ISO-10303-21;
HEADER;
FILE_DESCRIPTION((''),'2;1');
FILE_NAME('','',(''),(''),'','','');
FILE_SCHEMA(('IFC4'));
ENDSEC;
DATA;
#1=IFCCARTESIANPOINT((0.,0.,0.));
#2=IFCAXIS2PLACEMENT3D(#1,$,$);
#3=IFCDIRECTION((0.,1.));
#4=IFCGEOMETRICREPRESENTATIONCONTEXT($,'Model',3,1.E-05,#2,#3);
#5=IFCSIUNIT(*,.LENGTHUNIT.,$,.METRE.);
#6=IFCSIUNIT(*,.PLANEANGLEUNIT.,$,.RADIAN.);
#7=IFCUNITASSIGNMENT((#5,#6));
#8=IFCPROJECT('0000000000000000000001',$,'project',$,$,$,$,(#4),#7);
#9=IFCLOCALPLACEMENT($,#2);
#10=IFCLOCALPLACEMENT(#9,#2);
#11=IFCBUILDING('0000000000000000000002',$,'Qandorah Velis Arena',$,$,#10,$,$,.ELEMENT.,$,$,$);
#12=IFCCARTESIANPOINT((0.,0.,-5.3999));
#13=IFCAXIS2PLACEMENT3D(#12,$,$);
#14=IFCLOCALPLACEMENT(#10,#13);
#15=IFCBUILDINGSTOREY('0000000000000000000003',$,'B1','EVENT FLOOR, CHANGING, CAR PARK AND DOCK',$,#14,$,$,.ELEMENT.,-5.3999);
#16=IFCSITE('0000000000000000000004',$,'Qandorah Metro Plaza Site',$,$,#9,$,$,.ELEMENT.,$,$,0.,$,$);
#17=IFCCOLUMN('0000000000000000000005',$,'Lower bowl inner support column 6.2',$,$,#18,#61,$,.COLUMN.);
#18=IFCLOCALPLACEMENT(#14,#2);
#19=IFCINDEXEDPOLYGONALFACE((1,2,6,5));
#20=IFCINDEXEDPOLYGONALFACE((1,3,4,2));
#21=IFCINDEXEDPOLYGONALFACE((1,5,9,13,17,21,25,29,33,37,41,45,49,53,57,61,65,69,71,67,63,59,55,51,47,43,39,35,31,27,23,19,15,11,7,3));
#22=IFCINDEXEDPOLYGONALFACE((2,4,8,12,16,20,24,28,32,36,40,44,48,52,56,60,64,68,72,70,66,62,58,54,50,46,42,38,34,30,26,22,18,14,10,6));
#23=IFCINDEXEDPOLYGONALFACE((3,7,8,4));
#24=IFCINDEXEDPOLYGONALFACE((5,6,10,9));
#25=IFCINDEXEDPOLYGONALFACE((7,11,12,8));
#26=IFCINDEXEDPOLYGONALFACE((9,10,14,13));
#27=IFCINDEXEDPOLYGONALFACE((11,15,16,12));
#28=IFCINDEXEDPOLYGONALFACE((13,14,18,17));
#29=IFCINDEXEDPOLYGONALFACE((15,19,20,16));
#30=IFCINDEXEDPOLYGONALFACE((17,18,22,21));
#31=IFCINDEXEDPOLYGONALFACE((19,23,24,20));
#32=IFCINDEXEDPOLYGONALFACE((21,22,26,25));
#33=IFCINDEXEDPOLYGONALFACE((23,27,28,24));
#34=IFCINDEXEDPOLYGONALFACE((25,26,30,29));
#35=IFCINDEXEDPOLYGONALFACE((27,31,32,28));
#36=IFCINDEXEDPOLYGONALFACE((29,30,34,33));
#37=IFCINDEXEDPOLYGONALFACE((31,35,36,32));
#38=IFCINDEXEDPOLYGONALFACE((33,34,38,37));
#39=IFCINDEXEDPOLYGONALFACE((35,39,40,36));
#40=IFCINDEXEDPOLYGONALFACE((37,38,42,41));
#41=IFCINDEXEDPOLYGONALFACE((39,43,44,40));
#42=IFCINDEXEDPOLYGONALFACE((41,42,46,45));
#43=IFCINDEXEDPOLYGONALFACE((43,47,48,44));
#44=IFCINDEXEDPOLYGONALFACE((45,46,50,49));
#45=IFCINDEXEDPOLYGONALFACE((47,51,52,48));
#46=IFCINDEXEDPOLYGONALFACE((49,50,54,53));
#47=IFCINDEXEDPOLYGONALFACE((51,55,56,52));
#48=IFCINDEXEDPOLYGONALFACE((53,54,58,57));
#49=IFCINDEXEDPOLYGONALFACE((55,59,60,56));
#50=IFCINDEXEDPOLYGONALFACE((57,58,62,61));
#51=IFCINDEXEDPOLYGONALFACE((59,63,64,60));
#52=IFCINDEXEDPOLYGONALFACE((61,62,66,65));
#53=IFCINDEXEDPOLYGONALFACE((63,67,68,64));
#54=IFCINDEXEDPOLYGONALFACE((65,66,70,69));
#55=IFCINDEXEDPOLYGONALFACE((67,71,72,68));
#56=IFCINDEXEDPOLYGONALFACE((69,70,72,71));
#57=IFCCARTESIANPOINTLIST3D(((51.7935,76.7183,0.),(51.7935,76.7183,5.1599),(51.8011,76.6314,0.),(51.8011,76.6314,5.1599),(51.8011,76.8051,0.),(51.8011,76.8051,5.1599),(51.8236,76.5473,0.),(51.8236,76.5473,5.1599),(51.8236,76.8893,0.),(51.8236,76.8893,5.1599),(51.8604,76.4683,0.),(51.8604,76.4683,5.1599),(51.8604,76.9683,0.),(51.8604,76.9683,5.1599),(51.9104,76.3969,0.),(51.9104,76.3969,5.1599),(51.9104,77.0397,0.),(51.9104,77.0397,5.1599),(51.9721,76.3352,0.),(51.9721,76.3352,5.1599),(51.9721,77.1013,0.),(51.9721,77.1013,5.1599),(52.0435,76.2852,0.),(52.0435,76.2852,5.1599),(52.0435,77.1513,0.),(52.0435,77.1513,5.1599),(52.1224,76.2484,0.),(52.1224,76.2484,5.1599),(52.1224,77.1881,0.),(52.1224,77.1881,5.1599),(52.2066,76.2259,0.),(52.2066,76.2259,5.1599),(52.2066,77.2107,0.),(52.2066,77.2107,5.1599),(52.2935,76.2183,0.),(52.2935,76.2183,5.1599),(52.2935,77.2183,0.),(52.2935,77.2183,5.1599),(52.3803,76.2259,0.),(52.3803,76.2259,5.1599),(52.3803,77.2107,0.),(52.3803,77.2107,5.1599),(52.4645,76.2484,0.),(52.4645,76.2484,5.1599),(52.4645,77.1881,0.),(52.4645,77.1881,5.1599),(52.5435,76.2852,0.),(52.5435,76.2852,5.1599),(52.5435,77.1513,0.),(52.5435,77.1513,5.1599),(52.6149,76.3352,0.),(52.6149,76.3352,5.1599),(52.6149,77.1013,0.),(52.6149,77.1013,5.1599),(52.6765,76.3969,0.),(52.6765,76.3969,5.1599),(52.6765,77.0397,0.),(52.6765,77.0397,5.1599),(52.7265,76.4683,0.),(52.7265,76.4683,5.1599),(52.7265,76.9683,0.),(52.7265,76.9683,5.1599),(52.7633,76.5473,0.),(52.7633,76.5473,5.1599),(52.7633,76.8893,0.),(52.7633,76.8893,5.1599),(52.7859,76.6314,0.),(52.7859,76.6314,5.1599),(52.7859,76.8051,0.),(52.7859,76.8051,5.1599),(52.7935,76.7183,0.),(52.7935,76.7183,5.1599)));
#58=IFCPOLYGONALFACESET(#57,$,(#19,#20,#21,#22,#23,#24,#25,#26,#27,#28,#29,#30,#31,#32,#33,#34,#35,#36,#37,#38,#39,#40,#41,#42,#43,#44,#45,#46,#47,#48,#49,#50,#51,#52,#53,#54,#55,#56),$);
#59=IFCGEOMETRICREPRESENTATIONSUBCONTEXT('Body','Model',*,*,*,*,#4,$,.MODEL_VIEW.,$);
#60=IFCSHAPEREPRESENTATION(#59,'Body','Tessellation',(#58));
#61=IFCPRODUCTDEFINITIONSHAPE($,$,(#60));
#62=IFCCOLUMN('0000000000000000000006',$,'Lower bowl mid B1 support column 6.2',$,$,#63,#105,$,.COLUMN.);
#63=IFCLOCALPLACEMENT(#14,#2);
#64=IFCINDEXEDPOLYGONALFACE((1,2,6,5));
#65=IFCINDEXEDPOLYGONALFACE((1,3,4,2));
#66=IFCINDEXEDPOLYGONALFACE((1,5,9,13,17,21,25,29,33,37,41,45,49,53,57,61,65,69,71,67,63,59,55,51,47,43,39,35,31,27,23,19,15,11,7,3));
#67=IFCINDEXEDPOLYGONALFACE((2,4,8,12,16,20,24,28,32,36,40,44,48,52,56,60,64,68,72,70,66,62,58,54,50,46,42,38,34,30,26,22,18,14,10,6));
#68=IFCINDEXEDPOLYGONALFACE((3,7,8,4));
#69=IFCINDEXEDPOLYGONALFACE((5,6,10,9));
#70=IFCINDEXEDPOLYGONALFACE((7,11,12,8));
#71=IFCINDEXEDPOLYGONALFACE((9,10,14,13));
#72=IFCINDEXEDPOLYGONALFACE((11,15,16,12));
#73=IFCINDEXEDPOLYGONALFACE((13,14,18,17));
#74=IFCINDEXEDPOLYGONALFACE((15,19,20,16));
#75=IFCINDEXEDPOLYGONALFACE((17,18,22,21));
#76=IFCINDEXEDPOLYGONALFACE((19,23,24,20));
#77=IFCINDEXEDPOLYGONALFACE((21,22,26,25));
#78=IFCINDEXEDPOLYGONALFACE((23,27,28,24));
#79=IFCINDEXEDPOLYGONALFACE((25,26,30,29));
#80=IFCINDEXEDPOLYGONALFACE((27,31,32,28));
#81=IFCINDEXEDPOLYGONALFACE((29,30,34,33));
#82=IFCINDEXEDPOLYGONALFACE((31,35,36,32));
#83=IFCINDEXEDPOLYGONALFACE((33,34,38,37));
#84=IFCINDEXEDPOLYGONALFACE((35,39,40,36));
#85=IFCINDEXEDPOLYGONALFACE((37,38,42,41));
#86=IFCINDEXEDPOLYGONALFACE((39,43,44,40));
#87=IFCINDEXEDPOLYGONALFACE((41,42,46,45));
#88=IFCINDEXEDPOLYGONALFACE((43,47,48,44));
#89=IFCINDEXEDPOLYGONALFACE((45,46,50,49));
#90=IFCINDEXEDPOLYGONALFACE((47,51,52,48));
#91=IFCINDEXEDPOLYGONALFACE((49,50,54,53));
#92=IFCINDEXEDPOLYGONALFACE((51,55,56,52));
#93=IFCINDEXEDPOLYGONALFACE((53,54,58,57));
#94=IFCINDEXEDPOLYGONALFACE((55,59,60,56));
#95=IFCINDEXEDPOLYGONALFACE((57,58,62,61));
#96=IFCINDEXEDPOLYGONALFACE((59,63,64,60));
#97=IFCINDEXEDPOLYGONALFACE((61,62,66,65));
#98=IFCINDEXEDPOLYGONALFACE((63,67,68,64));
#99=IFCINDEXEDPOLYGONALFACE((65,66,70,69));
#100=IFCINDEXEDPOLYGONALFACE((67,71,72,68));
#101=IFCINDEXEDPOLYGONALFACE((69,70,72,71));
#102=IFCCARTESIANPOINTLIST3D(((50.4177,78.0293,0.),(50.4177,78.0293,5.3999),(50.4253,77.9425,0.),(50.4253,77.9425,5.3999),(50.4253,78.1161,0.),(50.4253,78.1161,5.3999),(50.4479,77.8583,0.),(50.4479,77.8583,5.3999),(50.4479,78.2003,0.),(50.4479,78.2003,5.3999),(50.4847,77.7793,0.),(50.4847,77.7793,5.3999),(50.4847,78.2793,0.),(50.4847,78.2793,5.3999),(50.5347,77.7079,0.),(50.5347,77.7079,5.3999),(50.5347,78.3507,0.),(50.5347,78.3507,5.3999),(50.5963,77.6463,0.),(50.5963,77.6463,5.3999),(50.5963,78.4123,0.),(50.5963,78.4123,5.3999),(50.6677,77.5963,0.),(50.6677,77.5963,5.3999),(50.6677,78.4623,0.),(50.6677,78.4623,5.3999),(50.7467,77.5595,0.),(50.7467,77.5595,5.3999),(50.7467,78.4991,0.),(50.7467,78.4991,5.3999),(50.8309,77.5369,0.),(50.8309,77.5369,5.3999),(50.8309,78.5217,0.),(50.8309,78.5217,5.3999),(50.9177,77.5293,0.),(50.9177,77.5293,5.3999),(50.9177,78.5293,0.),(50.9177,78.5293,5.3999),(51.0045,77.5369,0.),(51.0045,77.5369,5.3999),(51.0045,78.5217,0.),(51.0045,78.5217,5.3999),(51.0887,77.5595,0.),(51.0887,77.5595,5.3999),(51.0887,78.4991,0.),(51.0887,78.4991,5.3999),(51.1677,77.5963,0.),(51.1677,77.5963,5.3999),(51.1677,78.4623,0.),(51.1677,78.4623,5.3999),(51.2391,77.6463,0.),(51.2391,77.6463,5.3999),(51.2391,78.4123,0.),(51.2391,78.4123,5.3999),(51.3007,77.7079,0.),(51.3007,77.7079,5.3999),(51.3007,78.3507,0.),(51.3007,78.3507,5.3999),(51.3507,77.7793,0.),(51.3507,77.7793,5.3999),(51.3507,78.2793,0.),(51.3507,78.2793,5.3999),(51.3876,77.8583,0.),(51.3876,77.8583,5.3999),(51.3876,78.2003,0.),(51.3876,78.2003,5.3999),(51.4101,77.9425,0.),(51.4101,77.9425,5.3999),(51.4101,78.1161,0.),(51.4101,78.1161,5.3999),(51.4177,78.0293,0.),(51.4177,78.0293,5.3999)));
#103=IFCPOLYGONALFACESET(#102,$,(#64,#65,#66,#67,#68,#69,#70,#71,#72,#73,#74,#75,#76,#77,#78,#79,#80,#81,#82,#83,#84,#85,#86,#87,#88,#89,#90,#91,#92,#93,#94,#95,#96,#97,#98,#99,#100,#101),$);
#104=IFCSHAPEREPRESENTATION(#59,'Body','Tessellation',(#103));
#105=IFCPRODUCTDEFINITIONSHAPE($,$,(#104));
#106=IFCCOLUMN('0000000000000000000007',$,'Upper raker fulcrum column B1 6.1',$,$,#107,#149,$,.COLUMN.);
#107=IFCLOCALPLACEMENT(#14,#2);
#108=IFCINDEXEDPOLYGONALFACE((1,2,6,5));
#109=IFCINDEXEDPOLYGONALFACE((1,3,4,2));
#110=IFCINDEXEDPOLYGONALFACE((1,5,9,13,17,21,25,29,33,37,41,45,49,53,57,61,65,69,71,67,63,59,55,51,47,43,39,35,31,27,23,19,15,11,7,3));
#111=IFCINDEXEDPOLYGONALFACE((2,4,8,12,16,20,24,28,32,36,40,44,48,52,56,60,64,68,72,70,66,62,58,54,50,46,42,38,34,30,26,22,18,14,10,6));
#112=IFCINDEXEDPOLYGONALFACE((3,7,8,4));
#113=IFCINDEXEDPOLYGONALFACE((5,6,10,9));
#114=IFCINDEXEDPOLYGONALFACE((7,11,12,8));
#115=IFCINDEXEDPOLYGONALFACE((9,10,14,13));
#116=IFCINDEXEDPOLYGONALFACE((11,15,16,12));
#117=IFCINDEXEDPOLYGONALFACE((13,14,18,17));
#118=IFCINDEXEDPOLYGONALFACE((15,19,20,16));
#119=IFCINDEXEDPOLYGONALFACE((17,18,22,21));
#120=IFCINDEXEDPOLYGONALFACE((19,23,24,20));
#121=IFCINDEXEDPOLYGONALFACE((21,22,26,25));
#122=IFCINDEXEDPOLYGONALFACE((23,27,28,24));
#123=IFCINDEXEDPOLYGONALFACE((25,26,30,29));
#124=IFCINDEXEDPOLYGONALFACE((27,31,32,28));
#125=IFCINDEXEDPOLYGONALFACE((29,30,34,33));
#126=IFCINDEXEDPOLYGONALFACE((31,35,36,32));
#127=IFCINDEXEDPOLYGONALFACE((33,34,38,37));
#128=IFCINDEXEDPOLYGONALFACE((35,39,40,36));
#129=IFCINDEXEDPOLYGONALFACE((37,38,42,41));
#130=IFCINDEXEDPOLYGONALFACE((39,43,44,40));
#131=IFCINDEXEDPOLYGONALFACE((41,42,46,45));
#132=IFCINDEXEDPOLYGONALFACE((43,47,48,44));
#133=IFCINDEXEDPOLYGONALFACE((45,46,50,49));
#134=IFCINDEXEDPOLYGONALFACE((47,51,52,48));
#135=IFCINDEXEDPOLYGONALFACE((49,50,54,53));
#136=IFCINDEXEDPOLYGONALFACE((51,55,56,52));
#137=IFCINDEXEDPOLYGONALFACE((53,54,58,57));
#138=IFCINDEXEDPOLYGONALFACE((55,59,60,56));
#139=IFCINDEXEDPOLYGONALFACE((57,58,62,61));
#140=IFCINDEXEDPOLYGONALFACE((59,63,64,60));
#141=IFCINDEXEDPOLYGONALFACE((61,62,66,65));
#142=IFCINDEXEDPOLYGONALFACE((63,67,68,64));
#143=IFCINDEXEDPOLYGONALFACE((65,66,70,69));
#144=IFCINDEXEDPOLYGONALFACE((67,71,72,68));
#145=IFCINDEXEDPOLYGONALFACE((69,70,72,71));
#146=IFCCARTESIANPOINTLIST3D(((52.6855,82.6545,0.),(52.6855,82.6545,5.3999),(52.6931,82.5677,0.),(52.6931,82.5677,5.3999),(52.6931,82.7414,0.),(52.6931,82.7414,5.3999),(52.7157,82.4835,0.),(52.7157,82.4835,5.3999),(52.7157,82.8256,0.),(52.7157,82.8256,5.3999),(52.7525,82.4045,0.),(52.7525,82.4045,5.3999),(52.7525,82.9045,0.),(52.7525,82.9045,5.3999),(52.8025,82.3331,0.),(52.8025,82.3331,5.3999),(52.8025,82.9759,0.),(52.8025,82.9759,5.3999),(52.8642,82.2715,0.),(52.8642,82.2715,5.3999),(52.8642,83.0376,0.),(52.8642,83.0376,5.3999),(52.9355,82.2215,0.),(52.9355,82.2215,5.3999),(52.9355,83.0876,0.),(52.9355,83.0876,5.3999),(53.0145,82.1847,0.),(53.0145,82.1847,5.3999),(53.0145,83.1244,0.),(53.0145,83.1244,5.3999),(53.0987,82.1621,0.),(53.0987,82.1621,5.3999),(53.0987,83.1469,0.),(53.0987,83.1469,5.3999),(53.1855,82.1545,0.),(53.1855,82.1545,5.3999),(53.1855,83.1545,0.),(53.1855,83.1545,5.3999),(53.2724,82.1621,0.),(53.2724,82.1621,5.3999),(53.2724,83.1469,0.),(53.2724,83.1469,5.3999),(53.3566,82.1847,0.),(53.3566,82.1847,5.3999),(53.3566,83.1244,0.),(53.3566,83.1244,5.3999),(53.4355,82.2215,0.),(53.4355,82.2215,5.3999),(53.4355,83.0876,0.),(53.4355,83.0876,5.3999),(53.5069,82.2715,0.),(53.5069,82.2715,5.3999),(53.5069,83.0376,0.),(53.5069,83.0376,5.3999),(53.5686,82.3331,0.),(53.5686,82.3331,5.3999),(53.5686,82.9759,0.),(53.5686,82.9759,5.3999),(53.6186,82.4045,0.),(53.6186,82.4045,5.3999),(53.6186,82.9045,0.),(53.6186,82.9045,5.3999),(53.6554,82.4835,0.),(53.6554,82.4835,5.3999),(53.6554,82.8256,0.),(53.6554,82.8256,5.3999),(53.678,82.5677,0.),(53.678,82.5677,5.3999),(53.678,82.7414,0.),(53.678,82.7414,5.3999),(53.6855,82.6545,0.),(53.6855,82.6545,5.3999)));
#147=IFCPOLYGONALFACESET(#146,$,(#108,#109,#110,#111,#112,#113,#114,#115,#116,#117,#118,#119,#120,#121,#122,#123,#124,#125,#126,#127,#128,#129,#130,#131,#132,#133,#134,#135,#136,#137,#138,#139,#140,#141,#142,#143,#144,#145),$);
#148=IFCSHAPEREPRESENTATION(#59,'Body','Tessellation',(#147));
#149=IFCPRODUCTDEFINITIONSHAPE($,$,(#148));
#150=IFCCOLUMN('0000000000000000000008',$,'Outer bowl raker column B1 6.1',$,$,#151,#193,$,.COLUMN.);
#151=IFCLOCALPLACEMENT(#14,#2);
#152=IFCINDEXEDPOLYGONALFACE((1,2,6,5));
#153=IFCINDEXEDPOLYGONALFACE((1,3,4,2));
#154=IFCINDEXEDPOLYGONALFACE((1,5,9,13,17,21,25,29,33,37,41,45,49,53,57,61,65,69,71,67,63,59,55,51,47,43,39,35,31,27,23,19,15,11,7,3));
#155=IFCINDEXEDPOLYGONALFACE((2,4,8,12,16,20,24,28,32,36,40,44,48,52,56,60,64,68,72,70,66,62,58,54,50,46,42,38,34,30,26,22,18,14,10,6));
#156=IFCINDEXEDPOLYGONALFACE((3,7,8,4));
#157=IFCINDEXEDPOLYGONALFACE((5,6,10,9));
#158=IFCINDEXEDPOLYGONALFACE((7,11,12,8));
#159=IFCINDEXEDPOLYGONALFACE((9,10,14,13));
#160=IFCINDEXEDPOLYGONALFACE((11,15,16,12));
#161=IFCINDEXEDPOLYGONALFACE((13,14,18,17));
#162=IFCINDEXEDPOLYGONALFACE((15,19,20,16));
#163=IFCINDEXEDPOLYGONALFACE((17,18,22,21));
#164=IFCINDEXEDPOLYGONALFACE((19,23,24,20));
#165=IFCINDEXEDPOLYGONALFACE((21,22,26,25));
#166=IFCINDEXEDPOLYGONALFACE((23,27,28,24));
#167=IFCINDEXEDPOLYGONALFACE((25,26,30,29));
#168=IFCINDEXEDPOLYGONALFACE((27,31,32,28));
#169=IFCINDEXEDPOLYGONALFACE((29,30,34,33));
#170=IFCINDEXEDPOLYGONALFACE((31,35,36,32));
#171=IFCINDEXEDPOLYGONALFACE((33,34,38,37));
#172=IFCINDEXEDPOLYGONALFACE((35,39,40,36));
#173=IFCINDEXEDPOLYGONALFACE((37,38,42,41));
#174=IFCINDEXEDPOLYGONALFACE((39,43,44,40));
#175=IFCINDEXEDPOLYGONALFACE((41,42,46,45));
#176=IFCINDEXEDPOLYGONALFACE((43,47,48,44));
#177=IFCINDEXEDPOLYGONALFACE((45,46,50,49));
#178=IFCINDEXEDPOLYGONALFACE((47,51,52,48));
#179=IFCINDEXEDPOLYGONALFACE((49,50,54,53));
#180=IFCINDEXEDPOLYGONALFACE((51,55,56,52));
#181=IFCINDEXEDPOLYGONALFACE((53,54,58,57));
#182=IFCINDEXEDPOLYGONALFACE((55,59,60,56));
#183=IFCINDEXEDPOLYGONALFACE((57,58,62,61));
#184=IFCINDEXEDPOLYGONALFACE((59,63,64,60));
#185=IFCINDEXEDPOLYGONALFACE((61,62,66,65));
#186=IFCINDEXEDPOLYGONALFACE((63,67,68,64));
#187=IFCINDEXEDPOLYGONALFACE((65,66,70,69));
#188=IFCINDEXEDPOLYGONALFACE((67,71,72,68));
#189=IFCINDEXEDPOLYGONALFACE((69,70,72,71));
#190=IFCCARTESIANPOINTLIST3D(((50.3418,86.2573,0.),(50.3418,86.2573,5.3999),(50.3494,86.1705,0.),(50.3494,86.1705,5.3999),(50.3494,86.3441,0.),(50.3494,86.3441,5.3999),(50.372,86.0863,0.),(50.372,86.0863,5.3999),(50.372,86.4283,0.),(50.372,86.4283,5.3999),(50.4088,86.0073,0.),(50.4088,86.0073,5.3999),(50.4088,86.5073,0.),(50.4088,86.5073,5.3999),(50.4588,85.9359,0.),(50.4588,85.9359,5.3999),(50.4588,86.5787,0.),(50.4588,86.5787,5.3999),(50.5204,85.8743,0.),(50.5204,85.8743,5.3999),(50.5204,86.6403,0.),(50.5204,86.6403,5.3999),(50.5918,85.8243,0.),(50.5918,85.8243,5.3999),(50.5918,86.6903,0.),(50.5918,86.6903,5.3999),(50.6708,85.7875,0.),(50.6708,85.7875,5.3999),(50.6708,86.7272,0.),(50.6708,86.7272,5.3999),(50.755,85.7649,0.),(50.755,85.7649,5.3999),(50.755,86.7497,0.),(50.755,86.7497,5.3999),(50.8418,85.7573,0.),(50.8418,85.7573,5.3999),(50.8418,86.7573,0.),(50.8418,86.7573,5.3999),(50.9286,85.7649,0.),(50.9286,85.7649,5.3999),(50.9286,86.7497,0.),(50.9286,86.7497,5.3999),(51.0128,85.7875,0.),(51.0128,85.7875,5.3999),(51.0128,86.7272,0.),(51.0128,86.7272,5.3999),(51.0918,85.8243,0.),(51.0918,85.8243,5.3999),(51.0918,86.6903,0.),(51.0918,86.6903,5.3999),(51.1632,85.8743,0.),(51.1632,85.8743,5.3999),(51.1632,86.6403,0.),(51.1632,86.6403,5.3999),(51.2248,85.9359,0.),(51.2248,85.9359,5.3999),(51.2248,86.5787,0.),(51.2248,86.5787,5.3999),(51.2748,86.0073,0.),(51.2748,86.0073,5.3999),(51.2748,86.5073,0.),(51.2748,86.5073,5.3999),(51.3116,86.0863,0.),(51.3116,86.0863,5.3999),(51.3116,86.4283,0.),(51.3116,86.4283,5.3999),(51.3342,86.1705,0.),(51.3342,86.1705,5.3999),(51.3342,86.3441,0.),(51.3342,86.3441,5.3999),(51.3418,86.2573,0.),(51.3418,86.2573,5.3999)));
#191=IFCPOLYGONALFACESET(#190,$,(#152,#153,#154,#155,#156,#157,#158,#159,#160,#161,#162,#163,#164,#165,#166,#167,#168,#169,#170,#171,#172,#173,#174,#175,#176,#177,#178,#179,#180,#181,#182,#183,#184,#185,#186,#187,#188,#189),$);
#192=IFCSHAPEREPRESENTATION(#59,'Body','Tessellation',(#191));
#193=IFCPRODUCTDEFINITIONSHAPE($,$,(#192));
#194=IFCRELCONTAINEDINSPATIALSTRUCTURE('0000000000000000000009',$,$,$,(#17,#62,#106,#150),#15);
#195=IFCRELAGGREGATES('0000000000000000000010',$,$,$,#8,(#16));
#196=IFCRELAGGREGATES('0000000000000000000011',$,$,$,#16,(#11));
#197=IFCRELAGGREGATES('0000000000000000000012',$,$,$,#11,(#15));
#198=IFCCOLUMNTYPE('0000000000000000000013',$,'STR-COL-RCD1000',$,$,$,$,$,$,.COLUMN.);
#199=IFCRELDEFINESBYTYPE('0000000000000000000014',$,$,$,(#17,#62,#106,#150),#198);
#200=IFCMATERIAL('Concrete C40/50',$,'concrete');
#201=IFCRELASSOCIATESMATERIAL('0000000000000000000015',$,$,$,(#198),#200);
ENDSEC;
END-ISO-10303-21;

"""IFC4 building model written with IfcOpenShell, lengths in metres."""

from ifc_helpers import new_model, si_unit, direction, frame, origin, origin_2d, place, context, subcontext, project, spatial, circle, extrude, material, material_profile, profile_set, type_object, element, save


model = new_model("IFC4")

# Units and contexts
model_context = context("Model", 3, precision=1e-05, world=origin(), true_north=direction((0.0, 1.0)))
body_context = subcontext(model_context, "Body", "Model", "MODEL_VIEW")
ifc_project = project(units=[si_unit("LENGTHUNIT", "METRE"), si_unit("PLANEANGLEUNIT", "RADIAN")], contexts=[model_context])

# Site, building, storey
site_placement = place(None, origin())
site = spatial("IfcSite", under=ifc_project, at=site_placement, Name="Qandorah Metro Plaza Site", CompositionType="ELEMENT", RefElevation=0.0)
building_placement = place(site_placement, origin())
building = spatial("IfcBuilding", under=site, at=building_placement, Name="Qandorah Velis Arena", CompositionType="ELEMENT")
storey_placement = place(building_placement, frame((0.0, 0.0, -5.3999)))
storey = spatial("IfcBuildingStorey", under=building, at=storey_placement, Name="B1", Description="EVENT FLOOR, CHANGING, CAR PARK AND DOCK", CompositionType="ELEMENT", Elevation=-5.3999)

# Shared definitions
ifc_material = material(Name="Concrete C40/50", Category="concrete")

# Columns
ifc_material_profile_1 = material_profile(ifc_material, circle(Radius=0.5, at=origin_2d()), Name="RC D1000")
ifc_profile_set_1 = profile_set([ifc_material_profile_1], Name="Concrete C40/50")
column_type_1 = type_object("IfcColumnType", Name="STR-COL-RCD1000", PredefinedType="COLUMN", material=ifc_profile_set_1)
column_1_placement = place(storey_placement, frame((52.2935, 76.7183, 0.0), z_axis=(0.0, 0.0, 1.0), x_axis=(1.0, 0.0, 0.0)))
element("IfcColumn", 1, at=column_1_placement, inside=storey, type_object=column_type_1, Name="Lower bowl inner support column 6.2", PredefinedType="COLUMN", context=body_context, shape_type="SweptSolid", body=[
    extrude(circle(Radius=0.5, at=origin_2d()), origin(), (0.0, 0.0, 1.0), 5.1599),
])
for number, where, z_axis, x_axis, name in (
    (2, (50.9177, 78.0293, 0.0), (0.0, 0.0, 1.0), (1.0, 0.0, 0.0), "Lower bowl mid B1 support column 6.2"),
    (3, (53.1855, 82.6545, 0.0), (0.0, 0.0, 1.0), (1.0, 0.0, 0.0), "Upper raker fulcrum column B1 6.1"),
    (4, (50.8418, 86.2573, 0.0), (0.0, 0.0, 1.0), (1.0, 0.0, 0.0), "Outer bowl raker column B1 6.1"),
):
    element("IfcColumn", number, at=place(storey_placement, frame(where, z_axis=z_axis, x_axis=x_axis)), inside=storey, type_object=column_type_1, Name=name, PredefinedType="COLUMN", context=body_context, shape_type="SweptSolid", body=[
        extrude(circle(Radius=0.5, at=origin_2d()), origin(), (0.0, 0.0, 1.0), 5.3999),
    ])

save(model, "model.ifc")
